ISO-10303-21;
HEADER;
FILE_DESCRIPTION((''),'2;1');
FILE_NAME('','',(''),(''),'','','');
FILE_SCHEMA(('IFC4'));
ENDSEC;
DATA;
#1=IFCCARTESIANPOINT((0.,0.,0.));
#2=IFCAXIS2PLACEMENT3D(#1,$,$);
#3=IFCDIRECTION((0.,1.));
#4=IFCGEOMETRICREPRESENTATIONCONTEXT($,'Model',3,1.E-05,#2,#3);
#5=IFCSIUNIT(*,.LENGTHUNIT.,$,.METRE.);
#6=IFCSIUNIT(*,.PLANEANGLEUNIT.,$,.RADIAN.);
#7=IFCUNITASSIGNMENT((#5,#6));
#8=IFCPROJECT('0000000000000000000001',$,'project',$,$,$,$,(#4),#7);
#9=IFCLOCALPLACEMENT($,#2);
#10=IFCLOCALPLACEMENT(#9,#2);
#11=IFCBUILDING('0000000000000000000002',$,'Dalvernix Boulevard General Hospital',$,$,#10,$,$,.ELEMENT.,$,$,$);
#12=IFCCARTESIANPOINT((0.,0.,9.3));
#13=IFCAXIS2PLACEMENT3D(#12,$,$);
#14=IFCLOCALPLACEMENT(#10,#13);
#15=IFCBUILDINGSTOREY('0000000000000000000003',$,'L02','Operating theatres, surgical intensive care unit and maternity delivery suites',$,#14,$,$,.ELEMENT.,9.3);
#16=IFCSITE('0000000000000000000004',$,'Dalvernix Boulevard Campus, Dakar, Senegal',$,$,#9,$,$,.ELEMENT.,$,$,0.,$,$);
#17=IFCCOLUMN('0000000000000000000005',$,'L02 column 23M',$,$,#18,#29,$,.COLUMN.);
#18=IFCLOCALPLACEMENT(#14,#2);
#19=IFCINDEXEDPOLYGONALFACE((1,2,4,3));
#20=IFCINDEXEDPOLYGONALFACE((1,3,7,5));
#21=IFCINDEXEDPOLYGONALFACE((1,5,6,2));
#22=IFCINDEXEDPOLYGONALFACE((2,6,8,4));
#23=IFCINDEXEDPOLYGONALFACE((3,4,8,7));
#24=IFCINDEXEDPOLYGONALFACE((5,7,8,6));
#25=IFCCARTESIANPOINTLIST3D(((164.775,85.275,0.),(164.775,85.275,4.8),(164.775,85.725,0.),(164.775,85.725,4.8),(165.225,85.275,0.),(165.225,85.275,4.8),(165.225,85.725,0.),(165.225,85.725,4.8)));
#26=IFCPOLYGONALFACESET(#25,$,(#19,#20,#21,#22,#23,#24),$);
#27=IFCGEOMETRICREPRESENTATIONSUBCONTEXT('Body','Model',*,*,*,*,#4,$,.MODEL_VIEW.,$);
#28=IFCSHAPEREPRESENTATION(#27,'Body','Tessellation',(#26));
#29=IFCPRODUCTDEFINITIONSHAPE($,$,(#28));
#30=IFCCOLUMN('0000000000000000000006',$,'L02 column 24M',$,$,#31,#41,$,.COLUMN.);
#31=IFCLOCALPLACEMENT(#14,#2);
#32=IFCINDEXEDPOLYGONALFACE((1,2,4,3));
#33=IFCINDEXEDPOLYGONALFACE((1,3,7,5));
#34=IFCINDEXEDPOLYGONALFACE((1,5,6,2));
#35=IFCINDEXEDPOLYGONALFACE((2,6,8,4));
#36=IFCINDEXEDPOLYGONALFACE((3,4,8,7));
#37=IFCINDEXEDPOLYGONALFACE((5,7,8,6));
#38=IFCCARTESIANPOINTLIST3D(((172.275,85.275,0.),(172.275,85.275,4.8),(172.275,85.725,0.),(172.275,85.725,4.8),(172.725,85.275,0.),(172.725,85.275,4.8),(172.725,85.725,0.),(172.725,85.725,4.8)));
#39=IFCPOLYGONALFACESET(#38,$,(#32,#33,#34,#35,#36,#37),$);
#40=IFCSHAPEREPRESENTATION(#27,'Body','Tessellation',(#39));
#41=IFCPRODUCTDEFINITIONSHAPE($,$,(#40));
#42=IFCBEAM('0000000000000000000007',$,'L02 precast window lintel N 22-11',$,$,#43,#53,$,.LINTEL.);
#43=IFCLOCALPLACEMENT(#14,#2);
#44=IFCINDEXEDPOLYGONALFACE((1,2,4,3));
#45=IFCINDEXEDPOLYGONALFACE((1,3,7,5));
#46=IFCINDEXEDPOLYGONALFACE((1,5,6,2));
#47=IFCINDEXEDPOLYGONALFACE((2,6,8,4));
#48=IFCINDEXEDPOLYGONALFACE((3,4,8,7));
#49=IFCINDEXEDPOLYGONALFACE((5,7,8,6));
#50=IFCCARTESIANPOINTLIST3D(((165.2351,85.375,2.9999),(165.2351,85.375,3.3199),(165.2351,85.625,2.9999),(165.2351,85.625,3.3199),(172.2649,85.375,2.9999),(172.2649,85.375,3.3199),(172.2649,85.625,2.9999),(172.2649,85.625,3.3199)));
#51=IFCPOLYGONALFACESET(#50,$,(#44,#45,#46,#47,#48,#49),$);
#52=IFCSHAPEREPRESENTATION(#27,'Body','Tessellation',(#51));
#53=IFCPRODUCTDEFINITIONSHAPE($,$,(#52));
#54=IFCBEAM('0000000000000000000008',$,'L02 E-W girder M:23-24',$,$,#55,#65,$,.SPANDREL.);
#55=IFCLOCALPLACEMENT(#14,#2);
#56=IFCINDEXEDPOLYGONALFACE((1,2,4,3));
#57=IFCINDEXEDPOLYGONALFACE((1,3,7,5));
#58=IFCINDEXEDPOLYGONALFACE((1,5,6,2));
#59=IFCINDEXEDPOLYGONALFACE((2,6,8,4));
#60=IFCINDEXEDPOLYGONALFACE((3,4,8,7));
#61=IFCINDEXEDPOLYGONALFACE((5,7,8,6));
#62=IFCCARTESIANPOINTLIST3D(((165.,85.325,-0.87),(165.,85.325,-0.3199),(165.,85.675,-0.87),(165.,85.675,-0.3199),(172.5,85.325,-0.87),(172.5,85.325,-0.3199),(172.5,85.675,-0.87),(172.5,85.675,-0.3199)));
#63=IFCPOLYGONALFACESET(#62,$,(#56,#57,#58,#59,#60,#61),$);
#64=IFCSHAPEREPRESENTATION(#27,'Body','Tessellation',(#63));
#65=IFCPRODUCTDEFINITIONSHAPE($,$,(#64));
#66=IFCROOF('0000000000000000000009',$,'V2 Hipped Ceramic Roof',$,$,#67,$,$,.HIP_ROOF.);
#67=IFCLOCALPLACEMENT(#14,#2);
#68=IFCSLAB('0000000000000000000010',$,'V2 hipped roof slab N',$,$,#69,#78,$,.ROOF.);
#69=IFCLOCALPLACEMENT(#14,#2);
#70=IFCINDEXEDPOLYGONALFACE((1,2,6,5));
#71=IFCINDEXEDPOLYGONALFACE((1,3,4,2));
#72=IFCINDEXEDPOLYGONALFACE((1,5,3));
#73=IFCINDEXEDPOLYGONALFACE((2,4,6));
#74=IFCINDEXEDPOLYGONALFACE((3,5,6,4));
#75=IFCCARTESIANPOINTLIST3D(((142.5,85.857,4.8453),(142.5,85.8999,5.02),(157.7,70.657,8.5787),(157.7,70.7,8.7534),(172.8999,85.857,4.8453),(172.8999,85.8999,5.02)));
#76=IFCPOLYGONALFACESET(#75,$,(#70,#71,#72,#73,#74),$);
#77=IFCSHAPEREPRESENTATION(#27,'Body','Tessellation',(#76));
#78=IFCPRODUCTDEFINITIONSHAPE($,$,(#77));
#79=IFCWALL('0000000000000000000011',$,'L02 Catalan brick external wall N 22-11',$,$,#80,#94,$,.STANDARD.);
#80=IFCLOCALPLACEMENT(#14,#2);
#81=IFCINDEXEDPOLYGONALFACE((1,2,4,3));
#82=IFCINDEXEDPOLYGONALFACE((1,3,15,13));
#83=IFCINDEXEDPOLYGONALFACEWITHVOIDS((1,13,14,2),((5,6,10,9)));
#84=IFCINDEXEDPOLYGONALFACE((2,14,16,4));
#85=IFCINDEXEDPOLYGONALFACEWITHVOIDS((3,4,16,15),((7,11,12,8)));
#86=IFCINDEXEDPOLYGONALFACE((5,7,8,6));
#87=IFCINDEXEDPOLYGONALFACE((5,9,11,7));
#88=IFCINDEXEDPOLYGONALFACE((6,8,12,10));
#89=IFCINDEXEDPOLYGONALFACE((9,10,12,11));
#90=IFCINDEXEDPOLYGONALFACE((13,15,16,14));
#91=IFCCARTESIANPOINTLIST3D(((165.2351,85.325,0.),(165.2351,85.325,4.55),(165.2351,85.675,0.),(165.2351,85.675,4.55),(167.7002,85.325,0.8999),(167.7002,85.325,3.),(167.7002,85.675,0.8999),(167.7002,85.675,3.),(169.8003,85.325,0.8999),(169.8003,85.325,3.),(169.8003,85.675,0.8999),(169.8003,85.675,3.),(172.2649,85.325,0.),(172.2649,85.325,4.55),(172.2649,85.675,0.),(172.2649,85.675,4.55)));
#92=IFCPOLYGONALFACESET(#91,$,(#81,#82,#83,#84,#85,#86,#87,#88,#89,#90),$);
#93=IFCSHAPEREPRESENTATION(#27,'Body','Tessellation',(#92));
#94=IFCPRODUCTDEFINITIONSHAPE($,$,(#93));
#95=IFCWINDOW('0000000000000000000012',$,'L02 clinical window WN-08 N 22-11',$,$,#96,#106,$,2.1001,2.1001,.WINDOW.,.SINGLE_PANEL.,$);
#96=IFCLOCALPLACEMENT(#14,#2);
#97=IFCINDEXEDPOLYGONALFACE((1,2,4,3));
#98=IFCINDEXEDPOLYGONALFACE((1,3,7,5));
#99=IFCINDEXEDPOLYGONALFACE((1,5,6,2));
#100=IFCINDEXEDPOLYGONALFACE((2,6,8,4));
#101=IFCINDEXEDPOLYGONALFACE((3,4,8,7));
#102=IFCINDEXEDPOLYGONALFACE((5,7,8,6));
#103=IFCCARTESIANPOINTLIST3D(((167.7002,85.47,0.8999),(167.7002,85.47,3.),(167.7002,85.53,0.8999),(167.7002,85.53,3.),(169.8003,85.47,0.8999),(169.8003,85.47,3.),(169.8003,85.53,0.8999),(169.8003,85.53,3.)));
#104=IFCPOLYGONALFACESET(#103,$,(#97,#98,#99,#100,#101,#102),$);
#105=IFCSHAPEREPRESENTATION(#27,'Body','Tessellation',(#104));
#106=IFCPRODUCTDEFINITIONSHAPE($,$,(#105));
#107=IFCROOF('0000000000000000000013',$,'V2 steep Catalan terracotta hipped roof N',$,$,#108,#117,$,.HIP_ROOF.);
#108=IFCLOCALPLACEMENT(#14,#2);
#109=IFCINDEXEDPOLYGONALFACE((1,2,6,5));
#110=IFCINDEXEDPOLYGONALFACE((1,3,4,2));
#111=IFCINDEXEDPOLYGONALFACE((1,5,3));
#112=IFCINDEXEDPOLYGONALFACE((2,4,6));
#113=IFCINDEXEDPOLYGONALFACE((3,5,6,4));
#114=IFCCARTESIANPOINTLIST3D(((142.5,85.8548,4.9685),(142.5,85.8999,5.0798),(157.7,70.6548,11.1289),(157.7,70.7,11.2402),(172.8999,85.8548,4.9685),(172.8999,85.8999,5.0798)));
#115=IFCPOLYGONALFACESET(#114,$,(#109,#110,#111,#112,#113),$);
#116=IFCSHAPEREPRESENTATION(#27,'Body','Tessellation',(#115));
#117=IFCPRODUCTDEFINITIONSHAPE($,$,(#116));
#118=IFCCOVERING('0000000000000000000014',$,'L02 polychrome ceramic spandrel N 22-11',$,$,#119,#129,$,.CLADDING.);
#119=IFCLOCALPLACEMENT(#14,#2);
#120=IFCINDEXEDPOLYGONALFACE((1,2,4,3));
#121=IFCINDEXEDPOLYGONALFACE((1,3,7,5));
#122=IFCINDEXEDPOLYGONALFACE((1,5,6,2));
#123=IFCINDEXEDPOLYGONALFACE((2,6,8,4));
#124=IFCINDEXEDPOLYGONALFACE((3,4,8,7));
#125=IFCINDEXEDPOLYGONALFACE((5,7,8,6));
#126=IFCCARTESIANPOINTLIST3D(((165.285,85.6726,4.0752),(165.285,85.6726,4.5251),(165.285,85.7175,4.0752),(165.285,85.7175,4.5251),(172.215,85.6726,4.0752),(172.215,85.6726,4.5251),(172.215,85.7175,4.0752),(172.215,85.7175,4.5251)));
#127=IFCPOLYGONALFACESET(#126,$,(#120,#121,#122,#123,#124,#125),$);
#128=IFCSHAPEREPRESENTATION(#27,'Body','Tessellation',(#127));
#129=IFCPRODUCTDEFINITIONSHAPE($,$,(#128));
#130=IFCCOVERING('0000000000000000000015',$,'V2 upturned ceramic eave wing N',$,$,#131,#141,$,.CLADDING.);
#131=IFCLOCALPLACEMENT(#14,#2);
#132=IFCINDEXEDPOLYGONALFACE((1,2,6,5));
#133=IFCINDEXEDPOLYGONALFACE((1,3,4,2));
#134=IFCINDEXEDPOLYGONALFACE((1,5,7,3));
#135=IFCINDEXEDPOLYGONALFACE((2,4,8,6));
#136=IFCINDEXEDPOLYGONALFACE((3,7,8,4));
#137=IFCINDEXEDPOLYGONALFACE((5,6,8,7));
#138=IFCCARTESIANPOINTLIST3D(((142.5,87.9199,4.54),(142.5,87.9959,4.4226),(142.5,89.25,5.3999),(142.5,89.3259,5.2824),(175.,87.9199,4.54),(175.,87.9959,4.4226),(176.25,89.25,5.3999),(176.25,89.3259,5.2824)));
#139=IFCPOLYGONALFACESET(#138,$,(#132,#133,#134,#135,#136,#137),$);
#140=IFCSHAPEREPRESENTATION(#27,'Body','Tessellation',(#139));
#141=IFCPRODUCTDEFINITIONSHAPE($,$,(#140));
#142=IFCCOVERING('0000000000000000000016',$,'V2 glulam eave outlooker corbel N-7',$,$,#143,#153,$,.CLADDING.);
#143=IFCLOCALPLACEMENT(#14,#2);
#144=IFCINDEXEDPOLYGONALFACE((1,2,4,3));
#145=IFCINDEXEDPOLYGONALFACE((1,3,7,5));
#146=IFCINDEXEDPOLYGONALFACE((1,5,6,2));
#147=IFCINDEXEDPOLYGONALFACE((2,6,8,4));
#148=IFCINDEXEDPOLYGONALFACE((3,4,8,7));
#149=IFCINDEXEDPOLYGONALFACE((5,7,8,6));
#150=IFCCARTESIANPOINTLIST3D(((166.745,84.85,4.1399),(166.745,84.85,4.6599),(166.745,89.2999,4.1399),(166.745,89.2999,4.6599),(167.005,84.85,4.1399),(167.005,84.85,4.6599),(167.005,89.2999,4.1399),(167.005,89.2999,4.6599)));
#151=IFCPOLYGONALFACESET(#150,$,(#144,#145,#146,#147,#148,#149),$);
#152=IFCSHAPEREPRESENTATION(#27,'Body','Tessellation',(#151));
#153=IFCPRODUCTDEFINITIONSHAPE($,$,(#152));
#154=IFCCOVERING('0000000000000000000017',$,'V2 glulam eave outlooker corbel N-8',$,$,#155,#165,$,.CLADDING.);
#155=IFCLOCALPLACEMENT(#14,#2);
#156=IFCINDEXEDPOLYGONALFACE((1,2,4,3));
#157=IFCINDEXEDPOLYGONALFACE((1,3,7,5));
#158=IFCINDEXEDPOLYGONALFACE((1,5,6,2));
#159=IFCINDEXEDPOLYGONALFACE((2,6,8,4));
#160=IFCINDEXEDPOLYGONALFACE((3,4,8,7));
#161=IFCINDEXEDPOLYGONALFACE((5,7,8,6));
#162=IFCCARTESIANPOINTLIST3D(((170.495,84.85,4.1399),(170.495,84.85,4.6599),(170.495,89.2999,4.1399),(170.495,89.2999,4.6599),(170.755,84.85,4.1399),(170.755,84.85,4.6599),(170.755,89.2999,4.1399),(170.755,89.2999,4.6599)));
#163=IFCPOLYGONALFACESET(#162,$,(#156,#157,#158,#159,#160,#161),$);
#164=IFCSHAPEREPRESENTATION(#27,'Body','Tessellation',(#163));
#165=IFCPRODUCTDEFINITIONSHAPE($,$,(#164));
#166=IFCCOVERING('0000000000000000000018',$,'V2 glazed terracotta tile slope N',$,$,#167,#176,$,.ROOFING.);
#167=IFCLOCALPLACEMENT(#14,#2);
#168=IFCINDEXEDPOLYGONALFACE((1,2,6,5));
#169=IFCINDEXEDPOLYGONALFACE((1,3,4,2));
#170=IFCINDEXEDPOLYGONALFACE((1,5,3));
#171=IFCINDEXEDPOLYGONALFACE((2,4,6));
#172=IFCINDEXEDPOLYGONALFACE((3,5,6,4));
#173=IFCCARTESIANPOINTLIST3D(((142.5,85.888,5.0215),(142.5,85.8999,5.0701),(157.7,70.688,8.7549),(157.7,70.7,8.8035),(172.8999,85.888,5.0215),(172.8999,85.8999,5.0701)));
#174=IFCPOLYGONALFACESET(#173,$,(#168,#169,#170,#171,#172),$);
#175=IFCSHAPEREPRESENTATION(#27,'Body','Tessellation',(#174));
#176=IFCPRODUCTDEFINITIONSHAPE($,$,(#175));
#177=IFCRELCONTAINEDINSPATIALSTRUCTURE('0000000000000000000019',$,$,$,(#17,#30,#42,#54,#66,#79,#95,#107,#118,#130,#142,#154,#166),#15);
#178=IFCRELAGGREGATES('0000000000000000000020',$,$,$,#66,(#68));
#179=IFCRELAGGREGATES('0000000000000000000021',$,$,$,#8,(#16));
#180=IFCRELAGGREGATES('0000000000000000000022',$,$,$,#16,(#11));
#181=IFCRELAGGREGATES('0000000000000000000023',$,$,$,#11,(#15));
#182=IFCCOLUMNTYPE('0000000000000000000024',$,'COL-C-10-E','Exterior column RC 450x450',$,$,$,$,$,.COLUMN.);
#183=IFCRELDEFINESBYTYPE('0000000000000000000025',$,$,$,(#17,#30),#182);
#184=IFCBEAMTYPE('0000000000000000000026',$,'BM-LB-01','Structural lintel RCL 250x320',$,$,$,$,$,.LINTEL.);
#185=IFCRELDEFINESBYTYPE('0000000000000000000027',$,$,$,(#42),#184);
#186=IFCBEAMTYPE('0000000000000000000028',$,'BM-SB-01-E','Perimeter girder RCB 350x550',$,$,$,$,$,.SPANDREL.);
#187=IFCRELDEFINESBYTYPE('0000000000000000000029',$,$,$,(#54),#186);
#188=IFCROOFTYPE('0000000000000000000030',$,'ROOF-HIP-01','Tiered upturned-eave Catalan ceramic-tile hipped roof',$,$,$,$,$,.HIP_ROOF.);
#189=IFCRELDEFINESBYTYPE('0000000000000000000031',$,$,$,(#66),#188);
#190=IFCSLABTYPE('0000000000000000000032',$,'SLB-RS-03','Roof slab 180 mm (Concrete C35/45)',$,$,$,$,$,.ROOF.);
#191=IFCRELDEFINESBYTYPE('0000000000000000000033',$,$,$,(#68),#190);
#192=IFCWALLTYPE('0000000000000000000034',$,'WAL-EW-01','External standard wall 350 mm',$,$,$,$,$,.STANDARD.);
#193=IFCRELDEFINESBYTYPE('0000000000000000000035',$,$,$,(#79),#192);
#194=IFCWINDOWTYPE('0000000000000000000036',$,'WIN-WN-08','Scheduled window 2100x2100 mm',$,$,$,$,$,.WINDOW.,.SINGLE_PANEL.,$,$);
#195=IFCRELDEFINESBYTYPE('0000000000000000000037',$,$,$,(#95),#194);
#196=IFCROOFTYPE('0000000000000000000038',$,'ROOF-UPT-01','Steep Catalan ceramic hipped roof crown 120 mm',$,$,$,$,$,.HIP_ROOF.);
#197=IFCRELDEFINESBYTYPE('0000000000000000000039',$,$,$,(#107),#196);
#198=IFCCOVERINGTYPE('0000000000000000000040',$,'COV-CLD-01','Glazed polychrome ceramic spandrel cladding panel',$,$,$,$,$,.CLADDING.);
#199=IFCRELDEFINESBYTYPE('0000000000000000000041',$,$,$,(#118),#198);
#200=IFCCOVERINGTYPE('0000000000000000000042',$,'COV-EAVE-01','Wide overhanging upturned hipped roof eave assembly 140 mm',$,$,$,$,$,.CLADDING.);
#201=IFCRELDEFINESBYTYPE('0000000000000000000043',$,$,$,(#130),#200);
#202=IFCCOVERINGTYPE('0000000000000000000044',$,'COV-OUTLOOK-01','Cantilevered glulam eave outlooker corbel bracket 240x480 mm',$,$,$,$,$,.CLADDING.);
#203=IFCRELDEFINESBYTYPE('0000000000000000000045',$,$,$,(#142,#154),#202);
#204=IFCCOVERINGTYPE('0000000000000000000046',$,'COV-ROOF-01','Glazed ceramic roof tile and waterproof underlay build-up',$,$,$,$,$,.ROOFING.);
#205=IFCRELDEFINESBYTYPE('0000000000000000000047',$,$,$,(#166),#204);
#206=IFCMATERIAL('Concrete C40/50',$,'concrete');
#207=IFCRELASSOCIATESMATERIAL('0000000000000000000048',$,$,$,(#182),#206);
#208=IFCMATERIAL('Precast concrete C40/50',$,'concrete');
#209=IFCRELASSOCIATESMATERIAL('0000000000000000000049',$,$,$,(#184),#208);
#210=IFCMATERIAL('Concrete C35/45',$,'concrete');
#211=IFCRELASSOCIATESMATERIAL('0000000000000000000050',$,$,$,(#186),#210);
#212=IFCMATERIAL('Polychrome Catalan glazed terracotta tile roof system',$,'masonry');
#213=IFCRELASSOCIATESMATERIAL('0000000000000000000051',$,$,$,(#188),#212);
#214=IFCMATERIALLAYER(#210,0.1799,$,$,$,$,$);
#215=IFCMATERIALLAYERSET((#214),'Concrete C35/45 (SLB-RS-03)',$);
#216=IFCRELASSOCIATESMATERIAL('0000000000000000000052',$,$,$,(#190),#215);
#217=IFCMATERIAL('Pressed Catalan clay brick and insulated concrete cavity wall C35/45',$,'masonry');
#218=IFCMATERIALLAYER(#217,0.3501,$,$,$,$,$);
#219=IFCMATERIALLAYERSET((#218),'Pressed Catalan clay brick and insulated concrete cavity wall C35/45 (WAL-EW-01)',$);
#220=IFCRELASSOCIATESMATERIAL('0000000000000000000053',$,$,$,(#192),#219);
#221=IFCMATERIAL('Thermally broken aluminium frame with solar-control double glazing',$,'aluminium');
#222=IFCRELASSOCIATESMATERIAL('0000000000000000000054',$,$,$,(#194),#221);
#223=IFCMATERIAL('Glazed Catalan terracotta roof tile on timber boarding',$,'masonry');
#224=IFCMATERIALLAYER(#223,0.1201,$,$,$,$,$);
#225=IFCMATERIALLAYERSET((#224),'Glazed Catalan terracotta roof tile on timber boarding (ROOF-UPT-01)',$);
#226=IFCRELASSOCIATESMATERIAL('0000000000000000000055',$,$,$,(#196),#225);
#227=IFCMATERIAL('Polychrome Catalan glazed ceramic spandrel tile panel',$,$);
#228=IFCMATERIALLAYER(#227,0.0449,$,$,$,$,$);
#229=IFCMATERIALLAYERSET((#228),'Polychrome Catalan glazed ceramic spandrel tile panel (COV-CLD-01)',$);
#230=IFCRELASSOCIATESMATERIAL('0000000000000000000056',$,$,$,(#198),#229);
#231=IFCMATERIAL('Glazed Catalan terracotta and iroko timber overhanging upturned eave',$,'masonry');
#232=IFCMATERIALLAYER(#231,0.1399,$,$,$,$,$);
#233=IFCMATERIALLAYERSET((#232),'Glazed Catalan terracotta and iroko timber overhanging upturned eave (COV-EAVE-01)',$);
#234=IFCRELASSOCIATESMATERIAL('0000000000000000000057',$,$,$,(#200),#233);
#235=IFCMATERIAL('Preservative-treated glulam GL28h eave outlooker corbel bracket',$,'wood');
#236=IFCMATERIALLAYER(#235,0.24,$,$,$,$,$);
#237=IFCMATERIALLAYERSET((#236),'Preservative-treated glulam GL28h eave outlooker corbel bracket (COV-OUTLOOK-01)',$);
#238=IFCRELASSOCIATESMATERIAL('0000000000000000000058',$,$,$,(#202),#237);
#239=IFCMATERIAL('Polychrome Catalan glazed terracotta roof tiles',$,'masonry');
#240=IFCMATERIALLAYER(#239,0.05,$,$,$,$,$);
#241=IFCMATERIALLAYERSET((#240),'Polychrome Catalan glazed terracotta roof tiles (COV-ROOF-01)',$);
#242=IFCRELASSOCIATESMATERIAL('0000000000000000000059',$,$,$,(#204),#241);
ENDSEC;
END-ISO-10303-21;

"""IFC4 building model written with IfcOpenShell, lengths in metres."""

from ifc_helpers import new_model, si_unit, direction, frame, frame_2d, origin, origin_2d, place, context, subcontext, project, spatial, polyline, rectangle, outline, extrude, material, layer, layer_set, material_profile, profile_set, type_object, element, fill, aggregate, save


model = new_model("IFC4")

# Units and contexts
model_context = context("Model", 3, precision=1e-05, world=origin(), true_north=direction((0.0, 1.0)))
body_context = subcontext(model_context, "Body", "Model", "MODEL_VIEW")
ifc_project = project(units=[si_unit("LENGTHUNIT", "METRE"), si_unit("PLANEANGLEUNIT", "RADIAN")], contexts=[model_context])

# Site, building, storey
site_placement = place(None, origin())
site = spatial("IfcSite", under=ifc_project, at=site_placement, Name="Dalvernix Boulevard Campus, Dakar, Senegal", CompositionType="ELEMENT", RefElevation=0.0)
building_placement = place(site_placement, origin())
building = spatial("IfcBuilding", under=site, at=building_placement, Name="Dalvernix Boulevard General Hospital", CompositionType="ELEMENT")
storey_placement = place(building_placement, frame((0.0, 0.0, 9.3)))
storey = spatial("IfcBuildingStorey", under=building, at=storey_placement, Name="L02", Description="Operating theatres, surgical intensive care unit and maternity delivery suites", CompositionType="ELEMENT", Elevation=9.3)

# Columns
ifc_material_1 = material(Name="Concrete C40/50", Category="concrete")
ifc_material_profile_1 = material_profile(ifc_material_1, rectangle(XDim=0.45, YDim=0.45, at=origin_2d()), Name="RC 450x450")
ifc_profile_set_1 = profile_set([ifc_material_profile_1], Name="Concrete C40/50")
column_type = type_object("IfcColumnType", Name="COL-C-10-E", Description="Exterior column RC 450x450", PredefinedType="COLUMN", material=ifc_profile_set_1)
for number, where, z_axis, x_axis, name in (
    (1, (165.0, 85.5, 0.0), (0.0, 0.0, 1.0), (1.0, 0.0, 0.0), "L02 column 23M"),
    (2, (172.5, 85.5, 0.0), (0.0, 0.0, 1.0), (1.0, 0.0, 0.0), "L02 column 24M"),
):
    element("IfcColumn", number, at=place(storey_placement, frame(where, z_axis=z_axis, x_axis=x_axis)), inside=storey, type_object=column_type, Name=name, PredefinedType="COLUMN", context=body_context, shape_type="SweptSolid", body=[
        extrude(rectangle(XDim=0.45, YDim=0.45, at=origin_2d()), origin(), (0.0, 0.0, 1.0), 4.8),
    ])

# Beams
ifc_material_2 = material(Name="Precast concrete C40/50", Category="concrete")
ifc_material_profile_2 = material_profile(ifc_material_2, rectangle(XDim=0.25, YDim=0.3201, at=origin_2d()), Name="RCL 250x320")
ifc_profile_set_2 = profile_set([ifc_material_profile_2], Name="Precast concrete C40/50")
beam_type_1 = type_object("IfcBeamType", Name="BM-LB-01", Description="Structural lintel RCL 250x320", PredefinedType="LINTEL", material=ifc_profile_set_2)
beam_1_placement = place(storey_placement, frame((165.2351, 85.5, 3.1599), z_axis=(1.0, 0.0, 0.0), x_axis=(0.0, 1.0, 0.0)))
element("IfcBeam", 3, at=beam_1_placement, inside=storey, type_object=beam_type_1, Name="L02 precast window lintel N 22-11", PredefinedType="LINTEL", context=body_context, shape_type="SweptSolid", body=[
    extrude(rectangle(XDim=0.25, YDim=0.3201, at=origin_2d()), origin(), (0.0, 0.0, 1.0), 7.0298),
])
ifc_material_3 = material(Name="Concrete C35/45", Category="concrete")
ifc_material_profile_3 = material_profile(ifc_material_3, rectangle(XDim=0.3501, YDim=0.55, at=origin_2d()), Name="RCB 350x550")
ifc_profile_set_3 = profile_set([ifc_material_profile_3], Name="Concrete C35/45")
beam_type_2 = type_object("IfcBeamType", Name="BM-SB-01-E", Description="Perimeter girder RCB 350x550", PredefinedType="SPANDREL", material=ifc_profile_set_3)
beam_2_placement = place(storey_placement, frame((165.0, 85.5, -0.595), z_axis=(1.0, 0.0, 0.0), x_axis=(0.0, 1.0, 0.0)))
element("IfcBeam", 4, at=beam_2_placement, inside=storey, type_object=beam_type_2, Name="L02 E-W girder M:23-24", PredefinedType="SPANDREL", context=body_context, shape_type="SweptSolid", body=[
    extrude(rectangle(XDim=0.3501, YDim=0.55, at=origin_2d()), origin(), (0.0, 0.0, 1.0), 7.5),
])

# Roof, slab
ifc_material_4 = material(Name="Polychrome Catalan glazed terracotta tile roof system", Category="masonry")
roof_type_1 = type_object("IfcRoofType", Name="ROOF-HIP-01", Description="Tiered upturned-eave Catalan ceramic-tile hipped roof", PredefinedType="HIP_ROOF", material=ifc_material_4)
roof_1_placement = place(storey_placement, origin())
roof_1 = element("IfcRoof", 5, at=roof_1_placement, inside=storey, type_object=roof_type_1, Name="V2 Hipped Ceramic Roof", PredefinedType="HIP_ROOF")
ifc_layer_1 = layer(ifc_material_3, 0.1799)
ifc_layer_set_1 = layer_set([ifc_layer_1], Name="Concrete C35/45 (SLB-RS-03)")
slab_type = type_object("IfcSlabType", Name="SLB-RS-03", Description="Roof slab 180 mm (Concrete C35/45)", PredefinedType="ROOF", material=ifc_layer_set_1)
slab_placement = place(storey_placement, frame((172.8999, 85.8999, 5.02), z_axis=(0.0, 0.238529, 0.971135), x_axis=(-1.0, 0.0, 0.0)))
slab = element("IfcSlab", 6, at=slab_placement, type_object=slab_type, Name="V2 hipped roof slab N", PredefinedType="ROOF", context=body_context, shape_type="SweptSolid", body=[
    extrude(outline(polyline([(0.0, 0.0), (30.3999, 0.0), (15.2, 15.6517), (0.0, 0.0)])), origin(), (0.0, 0.0, -1.0), 0.1799),
])
aggregate(roof_1, [slab])

# Wall, opening, window
ifc_material_5 = material(Name="Pressed Catalan clay brick and insulated concrete cavity wall C35/45", Category="masonry")
ifc_layer_2 = layer(ifc_material_5, 0.3501)
ifc_layer_set_2 = layer_set([ifc_layer_2], Name="Pressed Catalan clay brick and insulated concrete cavity wall C35/45 (WAL-EW-01)")
wall_type = type_object("IfcWallType", Name="WAL-EW-01", Description="External standard wall 350 mm", PredefinedType="STANDARD", material=ifc_layer_set_2)
wall_placement = place(storey_placement, frame((165.2351, 85.5, 0.0), z_axis=(0.0, 0.0, 1.0), x_axis=(1.0, 0.0, 0.0)))
wall = element("IfcWall", 7, at=wall_placement, inside=storey, type_object=wall_type, Name="L02 Catalan brick external wall N 22-11", PredefinedType="STANDARD", context=body_context, shape_type="SweptSolid", body=[
    extrude(rectangle(XDim=7.0298, YDim=0.3501, at=frame_2d((3.5149, 0.0))), origin(), (0.0, 0.0, 1.0), 4.55),
])
opening_placement = place(wall_placement, frame((2.4651, 0.0, 0.8999)))
opening = element("IfcOpeningElement", 8, at=opening_placement, cuts=wall, PredefinedType="OPENING", context=body_context, shape_type="SweptSolid", body=[
    extrude(rectangle(XDim=2.1001, YDim=2.1001, at=frame_2d((1.05, 1.05))), frame((0.0, 0.1851, 0.0), z_axis=(0.0, -1.0, 0.0), x_axis=(1.0, 0.0, 0.0)), (0.0, 0.0, 1.0), 0.3701),
])
ifc_material_6 = material(Name="Thermally broken aluminium frame with solar-control double glazing", Category="aluminium")
window_type = type_object("IfcWindowType", Name="WIN-WN-08", Description="Scheduled window 2100x2100 mm", PartitioningType="SINGLE_PANEL", PredefinedType="WINDOW", material=ifc_material_6)
window_placement = place(opening_placement, origin())
window = element("IfcWindow", 9, at=window_placement, inside=storey, type_object=window_type, Name="L02 clinical window WN-08 N 22-11", OverallHeight=2.1001, OverallWidth=2.1001, PartitioningType="SINGLE_PANEL", PredefinedType="WINDOW", context=body_context, shape_type="SweptSolid", body=[
    extrude(rectangle(XDim=2.1001, YDim=2.1001, at=frame_2d((1.05, 1.05))), frame((0.0, 0.03, 0.0), z_axis=(0.0, -1.0, 0.0), x_axis=(1.0, 0.0, 0.0)), (0.0, 0.0, 1.0), 0.0601),
])
fill(opening, window)

# Roof
ifc_material_7 = material(Name="Glazed Catalan terracotta roof tile on timber boarding", Category="masonry")
ifc_layer_3 = layer(ifc_material_7, 0.1201)
ifc_layer_set_3 = layer_set([ifc_layer_3], Name="Glazed Catalan terracotta roof tile on timber boarding (ROOF-UPT-01)")
roof_type_2 = type_object("IfcRoofType", Name="ROOF-UPT-01", Description="Steep Catalan ceramic hipped roof crown 120 mm", PredefinedType="HIP_ROOF", material=ifc_layer_set_3)
roof_2_placement = place(storey_placement, frame((172.8999, 85.8999, 5.0798), z_axis=(0.0, 0.375614, 0.926776), x_axis=(-1.0, 0.0, 0.0)))
element("IfcRoof", 10, at=roof_2_placement, inside=storey, type_object=roof_type_2, Name="V2 steep Catalan terracotta hipped roof N", PredefinedType="HIP_ROOF", context=body_context, shape_type="SweptSolid", body=[
    extrude(outline(polyline([(0.0, 0.0), (30.3999, 0.0), (15.2, 16.4009), (0.0, 0.0)])), origin(), (0.0, 0.0, -1.0), 0.1201),
])

# Coverings
ifc_material_8 = material(Name="Polychrome Catalan glazed ceramic spandrel tile panel")
ifc_layer_4 = layer(ifc_material_8, 0.0449)
ifc_layer_set_4 = layer_set([ifc_layer_4], Name="Polychrome Catalan glazed ceramic spandrel tile panel (COV-CLD-01)")
covering_type_1 = type_object("IfcCoveringType", Name="COV-CLD-01", Description="Glazed polychrome ceramic spandrel cladding panel", PredefinedType="CLADDING", material=ifc_layer_set_4)
covering_1_placement = place(storey_placement, frame((168.75, 85.6951, 4.0752), z_axis=(0.0, 0.0, 1.0), x_axis=(1.0, 0.0, 0.0)))
element("IfcCovering", 11, at=covering_1_placement, inside=storey, type_object=covering_type_1, Name="L02 polychrome ceramic spandrel N 22-11", PredefinedType="CLADDING", context=body_context, shape_type="SweptSolid", body=[
    extrude(rectangle(XDim=6.9299, YDim=0.0449, at=origin_2d()), origin(), (0.0, 0.0, 1.0), 0.45),
])
ifc_material_9 = material(Name="Glazed Catalan terracotta and iroko timber overhanging upturned eave", Category="masonry")
ifc_layer_5 = layer(ifc_material_9, 0.1399)
ifc_layer_set_5 = layer_set([ifc_layer_5], Name="Glazed Catalan terracotta and iroko timber overhanging upturned eave (COV-EAVE-01)")
covering_type_2 = type_object("IfcCoveringType", Name="COV-EAVE-01", Description="Wide overhanging upturned hipped roof eave assembly 140 mm", PredefinedType="CLADDING", material=ifc_layer_set_5)
covering_2_placement = place(storey_placement, frame((175.0, 87.9199, 4.54), z_axis=(0.0, -0.542906, 0.839793), x_axis=(-1.0, 0.0, 0.0)))
element("IfcCovering", 12, at=covering_2_placement, inside=storey, type_object=covering_type_2, Name="V2 upturned ceramic eave wing N", PredefinedType="CLADDING", context=body_context, shape_type="SweptSolid", body=[
    extrude(outline(polyline([(0.0, 0.0), (32.5, 0.0), (32.5, -1.5838), (-1.25, -1.5838), (0.0, 0.0)])), origin(), (0.0, 0.0, -1.0), 0.1399),
])
ifc_material_10 = material(Name="Preservative-treated glulam GL28h eave outlooker corbel bracket", Category="wood")
ifc_layer_6 = layer(ifc_material_10, 0.24)
ifc_layer_set_6 = layer_set([ifc_layer_6], Name="Preservative-treated glulam GL28h eave outlooker corbel bracket (COV-OUTLOOK-01)")
covering_type_3 = type_object("IfcCoveringType", Name="COV-OUTLOOK-01", Description="Cantilevered glulam eave outlooker corbel bracket 240x480 mm", PredefinedType="CLADDING", material=ifc_layer_set_6)
for number, where, z_axis, x_axis, name in (
    (13, (166.875, 87.075, 4.1399), (0.0, 0.0, 1.0), (1.0, 0.0, 0.0), "V2 glulam eave outlooker corbel N-7"),
    (14, (170.625, 87.075, 4.1399), (0.0, 0.0, 1.0), (1.0, 0.0, 0.0), "V2 glulam eave outlooker corbel N-8"),
):
    element("IfcCovering", number, at=place(storey_placement, frame(where, z_axis=z_axis, x_axis=x_axis)), inside=storey, type_object=covering_type_3, Name=name, PredefinedType="CLADDING", context=body_context, shape_type="SweptSolid", body=[
        extrude(rectangle(XDim=0.26, YDim=4.45, at=origin_2d()), origin(), (0.0, 0.0, 1.0), 0.52),
    ])
ifc_material_11 = material(Name="Polychrome Catalan glazed terracotta roof tiles", Category="masonry")
ifc_layer_7 = layer(ifc_material_11, 0.05)
ifc_layer_set_7 = layer_set([ifc_layer_7], Name="Polychrome Catalan glazed terracotta roof tiles (COV-ROOF-01)")
covering_type_4 = type_object("IfcCoveringType", Name="COV-ROOF-01", Description="Glazed ceramic roof tile and waterproof underlay build-up", PredefinedType="ROOFING", material=ifc_layer_set_7)
covering_3_placement = place(storey_placement, frame((172.8999, 85.8999, 5.0701), z_axis=(0.0, 0.238529, 0.971135), x_axis=(-1.0, 0.0, 0.0)))
element("IfcCovering", 15, at=covering_3_placement, inside=storey, type_object=covering_type_4, Name="V2 glazed terracotta tile slope N", PredefinedType="ROOFING", context=body_context, shape_type="SweptSolid", body=[
    extrude(outline(polyline([(0.0, 0.0), (30.3999, 0.0), (15.2, 15.6517), (0.0, 0.0)])), origin(), (0.0, 0.0, -1.0), 0.05),
])

save(model, "model.ifc")
